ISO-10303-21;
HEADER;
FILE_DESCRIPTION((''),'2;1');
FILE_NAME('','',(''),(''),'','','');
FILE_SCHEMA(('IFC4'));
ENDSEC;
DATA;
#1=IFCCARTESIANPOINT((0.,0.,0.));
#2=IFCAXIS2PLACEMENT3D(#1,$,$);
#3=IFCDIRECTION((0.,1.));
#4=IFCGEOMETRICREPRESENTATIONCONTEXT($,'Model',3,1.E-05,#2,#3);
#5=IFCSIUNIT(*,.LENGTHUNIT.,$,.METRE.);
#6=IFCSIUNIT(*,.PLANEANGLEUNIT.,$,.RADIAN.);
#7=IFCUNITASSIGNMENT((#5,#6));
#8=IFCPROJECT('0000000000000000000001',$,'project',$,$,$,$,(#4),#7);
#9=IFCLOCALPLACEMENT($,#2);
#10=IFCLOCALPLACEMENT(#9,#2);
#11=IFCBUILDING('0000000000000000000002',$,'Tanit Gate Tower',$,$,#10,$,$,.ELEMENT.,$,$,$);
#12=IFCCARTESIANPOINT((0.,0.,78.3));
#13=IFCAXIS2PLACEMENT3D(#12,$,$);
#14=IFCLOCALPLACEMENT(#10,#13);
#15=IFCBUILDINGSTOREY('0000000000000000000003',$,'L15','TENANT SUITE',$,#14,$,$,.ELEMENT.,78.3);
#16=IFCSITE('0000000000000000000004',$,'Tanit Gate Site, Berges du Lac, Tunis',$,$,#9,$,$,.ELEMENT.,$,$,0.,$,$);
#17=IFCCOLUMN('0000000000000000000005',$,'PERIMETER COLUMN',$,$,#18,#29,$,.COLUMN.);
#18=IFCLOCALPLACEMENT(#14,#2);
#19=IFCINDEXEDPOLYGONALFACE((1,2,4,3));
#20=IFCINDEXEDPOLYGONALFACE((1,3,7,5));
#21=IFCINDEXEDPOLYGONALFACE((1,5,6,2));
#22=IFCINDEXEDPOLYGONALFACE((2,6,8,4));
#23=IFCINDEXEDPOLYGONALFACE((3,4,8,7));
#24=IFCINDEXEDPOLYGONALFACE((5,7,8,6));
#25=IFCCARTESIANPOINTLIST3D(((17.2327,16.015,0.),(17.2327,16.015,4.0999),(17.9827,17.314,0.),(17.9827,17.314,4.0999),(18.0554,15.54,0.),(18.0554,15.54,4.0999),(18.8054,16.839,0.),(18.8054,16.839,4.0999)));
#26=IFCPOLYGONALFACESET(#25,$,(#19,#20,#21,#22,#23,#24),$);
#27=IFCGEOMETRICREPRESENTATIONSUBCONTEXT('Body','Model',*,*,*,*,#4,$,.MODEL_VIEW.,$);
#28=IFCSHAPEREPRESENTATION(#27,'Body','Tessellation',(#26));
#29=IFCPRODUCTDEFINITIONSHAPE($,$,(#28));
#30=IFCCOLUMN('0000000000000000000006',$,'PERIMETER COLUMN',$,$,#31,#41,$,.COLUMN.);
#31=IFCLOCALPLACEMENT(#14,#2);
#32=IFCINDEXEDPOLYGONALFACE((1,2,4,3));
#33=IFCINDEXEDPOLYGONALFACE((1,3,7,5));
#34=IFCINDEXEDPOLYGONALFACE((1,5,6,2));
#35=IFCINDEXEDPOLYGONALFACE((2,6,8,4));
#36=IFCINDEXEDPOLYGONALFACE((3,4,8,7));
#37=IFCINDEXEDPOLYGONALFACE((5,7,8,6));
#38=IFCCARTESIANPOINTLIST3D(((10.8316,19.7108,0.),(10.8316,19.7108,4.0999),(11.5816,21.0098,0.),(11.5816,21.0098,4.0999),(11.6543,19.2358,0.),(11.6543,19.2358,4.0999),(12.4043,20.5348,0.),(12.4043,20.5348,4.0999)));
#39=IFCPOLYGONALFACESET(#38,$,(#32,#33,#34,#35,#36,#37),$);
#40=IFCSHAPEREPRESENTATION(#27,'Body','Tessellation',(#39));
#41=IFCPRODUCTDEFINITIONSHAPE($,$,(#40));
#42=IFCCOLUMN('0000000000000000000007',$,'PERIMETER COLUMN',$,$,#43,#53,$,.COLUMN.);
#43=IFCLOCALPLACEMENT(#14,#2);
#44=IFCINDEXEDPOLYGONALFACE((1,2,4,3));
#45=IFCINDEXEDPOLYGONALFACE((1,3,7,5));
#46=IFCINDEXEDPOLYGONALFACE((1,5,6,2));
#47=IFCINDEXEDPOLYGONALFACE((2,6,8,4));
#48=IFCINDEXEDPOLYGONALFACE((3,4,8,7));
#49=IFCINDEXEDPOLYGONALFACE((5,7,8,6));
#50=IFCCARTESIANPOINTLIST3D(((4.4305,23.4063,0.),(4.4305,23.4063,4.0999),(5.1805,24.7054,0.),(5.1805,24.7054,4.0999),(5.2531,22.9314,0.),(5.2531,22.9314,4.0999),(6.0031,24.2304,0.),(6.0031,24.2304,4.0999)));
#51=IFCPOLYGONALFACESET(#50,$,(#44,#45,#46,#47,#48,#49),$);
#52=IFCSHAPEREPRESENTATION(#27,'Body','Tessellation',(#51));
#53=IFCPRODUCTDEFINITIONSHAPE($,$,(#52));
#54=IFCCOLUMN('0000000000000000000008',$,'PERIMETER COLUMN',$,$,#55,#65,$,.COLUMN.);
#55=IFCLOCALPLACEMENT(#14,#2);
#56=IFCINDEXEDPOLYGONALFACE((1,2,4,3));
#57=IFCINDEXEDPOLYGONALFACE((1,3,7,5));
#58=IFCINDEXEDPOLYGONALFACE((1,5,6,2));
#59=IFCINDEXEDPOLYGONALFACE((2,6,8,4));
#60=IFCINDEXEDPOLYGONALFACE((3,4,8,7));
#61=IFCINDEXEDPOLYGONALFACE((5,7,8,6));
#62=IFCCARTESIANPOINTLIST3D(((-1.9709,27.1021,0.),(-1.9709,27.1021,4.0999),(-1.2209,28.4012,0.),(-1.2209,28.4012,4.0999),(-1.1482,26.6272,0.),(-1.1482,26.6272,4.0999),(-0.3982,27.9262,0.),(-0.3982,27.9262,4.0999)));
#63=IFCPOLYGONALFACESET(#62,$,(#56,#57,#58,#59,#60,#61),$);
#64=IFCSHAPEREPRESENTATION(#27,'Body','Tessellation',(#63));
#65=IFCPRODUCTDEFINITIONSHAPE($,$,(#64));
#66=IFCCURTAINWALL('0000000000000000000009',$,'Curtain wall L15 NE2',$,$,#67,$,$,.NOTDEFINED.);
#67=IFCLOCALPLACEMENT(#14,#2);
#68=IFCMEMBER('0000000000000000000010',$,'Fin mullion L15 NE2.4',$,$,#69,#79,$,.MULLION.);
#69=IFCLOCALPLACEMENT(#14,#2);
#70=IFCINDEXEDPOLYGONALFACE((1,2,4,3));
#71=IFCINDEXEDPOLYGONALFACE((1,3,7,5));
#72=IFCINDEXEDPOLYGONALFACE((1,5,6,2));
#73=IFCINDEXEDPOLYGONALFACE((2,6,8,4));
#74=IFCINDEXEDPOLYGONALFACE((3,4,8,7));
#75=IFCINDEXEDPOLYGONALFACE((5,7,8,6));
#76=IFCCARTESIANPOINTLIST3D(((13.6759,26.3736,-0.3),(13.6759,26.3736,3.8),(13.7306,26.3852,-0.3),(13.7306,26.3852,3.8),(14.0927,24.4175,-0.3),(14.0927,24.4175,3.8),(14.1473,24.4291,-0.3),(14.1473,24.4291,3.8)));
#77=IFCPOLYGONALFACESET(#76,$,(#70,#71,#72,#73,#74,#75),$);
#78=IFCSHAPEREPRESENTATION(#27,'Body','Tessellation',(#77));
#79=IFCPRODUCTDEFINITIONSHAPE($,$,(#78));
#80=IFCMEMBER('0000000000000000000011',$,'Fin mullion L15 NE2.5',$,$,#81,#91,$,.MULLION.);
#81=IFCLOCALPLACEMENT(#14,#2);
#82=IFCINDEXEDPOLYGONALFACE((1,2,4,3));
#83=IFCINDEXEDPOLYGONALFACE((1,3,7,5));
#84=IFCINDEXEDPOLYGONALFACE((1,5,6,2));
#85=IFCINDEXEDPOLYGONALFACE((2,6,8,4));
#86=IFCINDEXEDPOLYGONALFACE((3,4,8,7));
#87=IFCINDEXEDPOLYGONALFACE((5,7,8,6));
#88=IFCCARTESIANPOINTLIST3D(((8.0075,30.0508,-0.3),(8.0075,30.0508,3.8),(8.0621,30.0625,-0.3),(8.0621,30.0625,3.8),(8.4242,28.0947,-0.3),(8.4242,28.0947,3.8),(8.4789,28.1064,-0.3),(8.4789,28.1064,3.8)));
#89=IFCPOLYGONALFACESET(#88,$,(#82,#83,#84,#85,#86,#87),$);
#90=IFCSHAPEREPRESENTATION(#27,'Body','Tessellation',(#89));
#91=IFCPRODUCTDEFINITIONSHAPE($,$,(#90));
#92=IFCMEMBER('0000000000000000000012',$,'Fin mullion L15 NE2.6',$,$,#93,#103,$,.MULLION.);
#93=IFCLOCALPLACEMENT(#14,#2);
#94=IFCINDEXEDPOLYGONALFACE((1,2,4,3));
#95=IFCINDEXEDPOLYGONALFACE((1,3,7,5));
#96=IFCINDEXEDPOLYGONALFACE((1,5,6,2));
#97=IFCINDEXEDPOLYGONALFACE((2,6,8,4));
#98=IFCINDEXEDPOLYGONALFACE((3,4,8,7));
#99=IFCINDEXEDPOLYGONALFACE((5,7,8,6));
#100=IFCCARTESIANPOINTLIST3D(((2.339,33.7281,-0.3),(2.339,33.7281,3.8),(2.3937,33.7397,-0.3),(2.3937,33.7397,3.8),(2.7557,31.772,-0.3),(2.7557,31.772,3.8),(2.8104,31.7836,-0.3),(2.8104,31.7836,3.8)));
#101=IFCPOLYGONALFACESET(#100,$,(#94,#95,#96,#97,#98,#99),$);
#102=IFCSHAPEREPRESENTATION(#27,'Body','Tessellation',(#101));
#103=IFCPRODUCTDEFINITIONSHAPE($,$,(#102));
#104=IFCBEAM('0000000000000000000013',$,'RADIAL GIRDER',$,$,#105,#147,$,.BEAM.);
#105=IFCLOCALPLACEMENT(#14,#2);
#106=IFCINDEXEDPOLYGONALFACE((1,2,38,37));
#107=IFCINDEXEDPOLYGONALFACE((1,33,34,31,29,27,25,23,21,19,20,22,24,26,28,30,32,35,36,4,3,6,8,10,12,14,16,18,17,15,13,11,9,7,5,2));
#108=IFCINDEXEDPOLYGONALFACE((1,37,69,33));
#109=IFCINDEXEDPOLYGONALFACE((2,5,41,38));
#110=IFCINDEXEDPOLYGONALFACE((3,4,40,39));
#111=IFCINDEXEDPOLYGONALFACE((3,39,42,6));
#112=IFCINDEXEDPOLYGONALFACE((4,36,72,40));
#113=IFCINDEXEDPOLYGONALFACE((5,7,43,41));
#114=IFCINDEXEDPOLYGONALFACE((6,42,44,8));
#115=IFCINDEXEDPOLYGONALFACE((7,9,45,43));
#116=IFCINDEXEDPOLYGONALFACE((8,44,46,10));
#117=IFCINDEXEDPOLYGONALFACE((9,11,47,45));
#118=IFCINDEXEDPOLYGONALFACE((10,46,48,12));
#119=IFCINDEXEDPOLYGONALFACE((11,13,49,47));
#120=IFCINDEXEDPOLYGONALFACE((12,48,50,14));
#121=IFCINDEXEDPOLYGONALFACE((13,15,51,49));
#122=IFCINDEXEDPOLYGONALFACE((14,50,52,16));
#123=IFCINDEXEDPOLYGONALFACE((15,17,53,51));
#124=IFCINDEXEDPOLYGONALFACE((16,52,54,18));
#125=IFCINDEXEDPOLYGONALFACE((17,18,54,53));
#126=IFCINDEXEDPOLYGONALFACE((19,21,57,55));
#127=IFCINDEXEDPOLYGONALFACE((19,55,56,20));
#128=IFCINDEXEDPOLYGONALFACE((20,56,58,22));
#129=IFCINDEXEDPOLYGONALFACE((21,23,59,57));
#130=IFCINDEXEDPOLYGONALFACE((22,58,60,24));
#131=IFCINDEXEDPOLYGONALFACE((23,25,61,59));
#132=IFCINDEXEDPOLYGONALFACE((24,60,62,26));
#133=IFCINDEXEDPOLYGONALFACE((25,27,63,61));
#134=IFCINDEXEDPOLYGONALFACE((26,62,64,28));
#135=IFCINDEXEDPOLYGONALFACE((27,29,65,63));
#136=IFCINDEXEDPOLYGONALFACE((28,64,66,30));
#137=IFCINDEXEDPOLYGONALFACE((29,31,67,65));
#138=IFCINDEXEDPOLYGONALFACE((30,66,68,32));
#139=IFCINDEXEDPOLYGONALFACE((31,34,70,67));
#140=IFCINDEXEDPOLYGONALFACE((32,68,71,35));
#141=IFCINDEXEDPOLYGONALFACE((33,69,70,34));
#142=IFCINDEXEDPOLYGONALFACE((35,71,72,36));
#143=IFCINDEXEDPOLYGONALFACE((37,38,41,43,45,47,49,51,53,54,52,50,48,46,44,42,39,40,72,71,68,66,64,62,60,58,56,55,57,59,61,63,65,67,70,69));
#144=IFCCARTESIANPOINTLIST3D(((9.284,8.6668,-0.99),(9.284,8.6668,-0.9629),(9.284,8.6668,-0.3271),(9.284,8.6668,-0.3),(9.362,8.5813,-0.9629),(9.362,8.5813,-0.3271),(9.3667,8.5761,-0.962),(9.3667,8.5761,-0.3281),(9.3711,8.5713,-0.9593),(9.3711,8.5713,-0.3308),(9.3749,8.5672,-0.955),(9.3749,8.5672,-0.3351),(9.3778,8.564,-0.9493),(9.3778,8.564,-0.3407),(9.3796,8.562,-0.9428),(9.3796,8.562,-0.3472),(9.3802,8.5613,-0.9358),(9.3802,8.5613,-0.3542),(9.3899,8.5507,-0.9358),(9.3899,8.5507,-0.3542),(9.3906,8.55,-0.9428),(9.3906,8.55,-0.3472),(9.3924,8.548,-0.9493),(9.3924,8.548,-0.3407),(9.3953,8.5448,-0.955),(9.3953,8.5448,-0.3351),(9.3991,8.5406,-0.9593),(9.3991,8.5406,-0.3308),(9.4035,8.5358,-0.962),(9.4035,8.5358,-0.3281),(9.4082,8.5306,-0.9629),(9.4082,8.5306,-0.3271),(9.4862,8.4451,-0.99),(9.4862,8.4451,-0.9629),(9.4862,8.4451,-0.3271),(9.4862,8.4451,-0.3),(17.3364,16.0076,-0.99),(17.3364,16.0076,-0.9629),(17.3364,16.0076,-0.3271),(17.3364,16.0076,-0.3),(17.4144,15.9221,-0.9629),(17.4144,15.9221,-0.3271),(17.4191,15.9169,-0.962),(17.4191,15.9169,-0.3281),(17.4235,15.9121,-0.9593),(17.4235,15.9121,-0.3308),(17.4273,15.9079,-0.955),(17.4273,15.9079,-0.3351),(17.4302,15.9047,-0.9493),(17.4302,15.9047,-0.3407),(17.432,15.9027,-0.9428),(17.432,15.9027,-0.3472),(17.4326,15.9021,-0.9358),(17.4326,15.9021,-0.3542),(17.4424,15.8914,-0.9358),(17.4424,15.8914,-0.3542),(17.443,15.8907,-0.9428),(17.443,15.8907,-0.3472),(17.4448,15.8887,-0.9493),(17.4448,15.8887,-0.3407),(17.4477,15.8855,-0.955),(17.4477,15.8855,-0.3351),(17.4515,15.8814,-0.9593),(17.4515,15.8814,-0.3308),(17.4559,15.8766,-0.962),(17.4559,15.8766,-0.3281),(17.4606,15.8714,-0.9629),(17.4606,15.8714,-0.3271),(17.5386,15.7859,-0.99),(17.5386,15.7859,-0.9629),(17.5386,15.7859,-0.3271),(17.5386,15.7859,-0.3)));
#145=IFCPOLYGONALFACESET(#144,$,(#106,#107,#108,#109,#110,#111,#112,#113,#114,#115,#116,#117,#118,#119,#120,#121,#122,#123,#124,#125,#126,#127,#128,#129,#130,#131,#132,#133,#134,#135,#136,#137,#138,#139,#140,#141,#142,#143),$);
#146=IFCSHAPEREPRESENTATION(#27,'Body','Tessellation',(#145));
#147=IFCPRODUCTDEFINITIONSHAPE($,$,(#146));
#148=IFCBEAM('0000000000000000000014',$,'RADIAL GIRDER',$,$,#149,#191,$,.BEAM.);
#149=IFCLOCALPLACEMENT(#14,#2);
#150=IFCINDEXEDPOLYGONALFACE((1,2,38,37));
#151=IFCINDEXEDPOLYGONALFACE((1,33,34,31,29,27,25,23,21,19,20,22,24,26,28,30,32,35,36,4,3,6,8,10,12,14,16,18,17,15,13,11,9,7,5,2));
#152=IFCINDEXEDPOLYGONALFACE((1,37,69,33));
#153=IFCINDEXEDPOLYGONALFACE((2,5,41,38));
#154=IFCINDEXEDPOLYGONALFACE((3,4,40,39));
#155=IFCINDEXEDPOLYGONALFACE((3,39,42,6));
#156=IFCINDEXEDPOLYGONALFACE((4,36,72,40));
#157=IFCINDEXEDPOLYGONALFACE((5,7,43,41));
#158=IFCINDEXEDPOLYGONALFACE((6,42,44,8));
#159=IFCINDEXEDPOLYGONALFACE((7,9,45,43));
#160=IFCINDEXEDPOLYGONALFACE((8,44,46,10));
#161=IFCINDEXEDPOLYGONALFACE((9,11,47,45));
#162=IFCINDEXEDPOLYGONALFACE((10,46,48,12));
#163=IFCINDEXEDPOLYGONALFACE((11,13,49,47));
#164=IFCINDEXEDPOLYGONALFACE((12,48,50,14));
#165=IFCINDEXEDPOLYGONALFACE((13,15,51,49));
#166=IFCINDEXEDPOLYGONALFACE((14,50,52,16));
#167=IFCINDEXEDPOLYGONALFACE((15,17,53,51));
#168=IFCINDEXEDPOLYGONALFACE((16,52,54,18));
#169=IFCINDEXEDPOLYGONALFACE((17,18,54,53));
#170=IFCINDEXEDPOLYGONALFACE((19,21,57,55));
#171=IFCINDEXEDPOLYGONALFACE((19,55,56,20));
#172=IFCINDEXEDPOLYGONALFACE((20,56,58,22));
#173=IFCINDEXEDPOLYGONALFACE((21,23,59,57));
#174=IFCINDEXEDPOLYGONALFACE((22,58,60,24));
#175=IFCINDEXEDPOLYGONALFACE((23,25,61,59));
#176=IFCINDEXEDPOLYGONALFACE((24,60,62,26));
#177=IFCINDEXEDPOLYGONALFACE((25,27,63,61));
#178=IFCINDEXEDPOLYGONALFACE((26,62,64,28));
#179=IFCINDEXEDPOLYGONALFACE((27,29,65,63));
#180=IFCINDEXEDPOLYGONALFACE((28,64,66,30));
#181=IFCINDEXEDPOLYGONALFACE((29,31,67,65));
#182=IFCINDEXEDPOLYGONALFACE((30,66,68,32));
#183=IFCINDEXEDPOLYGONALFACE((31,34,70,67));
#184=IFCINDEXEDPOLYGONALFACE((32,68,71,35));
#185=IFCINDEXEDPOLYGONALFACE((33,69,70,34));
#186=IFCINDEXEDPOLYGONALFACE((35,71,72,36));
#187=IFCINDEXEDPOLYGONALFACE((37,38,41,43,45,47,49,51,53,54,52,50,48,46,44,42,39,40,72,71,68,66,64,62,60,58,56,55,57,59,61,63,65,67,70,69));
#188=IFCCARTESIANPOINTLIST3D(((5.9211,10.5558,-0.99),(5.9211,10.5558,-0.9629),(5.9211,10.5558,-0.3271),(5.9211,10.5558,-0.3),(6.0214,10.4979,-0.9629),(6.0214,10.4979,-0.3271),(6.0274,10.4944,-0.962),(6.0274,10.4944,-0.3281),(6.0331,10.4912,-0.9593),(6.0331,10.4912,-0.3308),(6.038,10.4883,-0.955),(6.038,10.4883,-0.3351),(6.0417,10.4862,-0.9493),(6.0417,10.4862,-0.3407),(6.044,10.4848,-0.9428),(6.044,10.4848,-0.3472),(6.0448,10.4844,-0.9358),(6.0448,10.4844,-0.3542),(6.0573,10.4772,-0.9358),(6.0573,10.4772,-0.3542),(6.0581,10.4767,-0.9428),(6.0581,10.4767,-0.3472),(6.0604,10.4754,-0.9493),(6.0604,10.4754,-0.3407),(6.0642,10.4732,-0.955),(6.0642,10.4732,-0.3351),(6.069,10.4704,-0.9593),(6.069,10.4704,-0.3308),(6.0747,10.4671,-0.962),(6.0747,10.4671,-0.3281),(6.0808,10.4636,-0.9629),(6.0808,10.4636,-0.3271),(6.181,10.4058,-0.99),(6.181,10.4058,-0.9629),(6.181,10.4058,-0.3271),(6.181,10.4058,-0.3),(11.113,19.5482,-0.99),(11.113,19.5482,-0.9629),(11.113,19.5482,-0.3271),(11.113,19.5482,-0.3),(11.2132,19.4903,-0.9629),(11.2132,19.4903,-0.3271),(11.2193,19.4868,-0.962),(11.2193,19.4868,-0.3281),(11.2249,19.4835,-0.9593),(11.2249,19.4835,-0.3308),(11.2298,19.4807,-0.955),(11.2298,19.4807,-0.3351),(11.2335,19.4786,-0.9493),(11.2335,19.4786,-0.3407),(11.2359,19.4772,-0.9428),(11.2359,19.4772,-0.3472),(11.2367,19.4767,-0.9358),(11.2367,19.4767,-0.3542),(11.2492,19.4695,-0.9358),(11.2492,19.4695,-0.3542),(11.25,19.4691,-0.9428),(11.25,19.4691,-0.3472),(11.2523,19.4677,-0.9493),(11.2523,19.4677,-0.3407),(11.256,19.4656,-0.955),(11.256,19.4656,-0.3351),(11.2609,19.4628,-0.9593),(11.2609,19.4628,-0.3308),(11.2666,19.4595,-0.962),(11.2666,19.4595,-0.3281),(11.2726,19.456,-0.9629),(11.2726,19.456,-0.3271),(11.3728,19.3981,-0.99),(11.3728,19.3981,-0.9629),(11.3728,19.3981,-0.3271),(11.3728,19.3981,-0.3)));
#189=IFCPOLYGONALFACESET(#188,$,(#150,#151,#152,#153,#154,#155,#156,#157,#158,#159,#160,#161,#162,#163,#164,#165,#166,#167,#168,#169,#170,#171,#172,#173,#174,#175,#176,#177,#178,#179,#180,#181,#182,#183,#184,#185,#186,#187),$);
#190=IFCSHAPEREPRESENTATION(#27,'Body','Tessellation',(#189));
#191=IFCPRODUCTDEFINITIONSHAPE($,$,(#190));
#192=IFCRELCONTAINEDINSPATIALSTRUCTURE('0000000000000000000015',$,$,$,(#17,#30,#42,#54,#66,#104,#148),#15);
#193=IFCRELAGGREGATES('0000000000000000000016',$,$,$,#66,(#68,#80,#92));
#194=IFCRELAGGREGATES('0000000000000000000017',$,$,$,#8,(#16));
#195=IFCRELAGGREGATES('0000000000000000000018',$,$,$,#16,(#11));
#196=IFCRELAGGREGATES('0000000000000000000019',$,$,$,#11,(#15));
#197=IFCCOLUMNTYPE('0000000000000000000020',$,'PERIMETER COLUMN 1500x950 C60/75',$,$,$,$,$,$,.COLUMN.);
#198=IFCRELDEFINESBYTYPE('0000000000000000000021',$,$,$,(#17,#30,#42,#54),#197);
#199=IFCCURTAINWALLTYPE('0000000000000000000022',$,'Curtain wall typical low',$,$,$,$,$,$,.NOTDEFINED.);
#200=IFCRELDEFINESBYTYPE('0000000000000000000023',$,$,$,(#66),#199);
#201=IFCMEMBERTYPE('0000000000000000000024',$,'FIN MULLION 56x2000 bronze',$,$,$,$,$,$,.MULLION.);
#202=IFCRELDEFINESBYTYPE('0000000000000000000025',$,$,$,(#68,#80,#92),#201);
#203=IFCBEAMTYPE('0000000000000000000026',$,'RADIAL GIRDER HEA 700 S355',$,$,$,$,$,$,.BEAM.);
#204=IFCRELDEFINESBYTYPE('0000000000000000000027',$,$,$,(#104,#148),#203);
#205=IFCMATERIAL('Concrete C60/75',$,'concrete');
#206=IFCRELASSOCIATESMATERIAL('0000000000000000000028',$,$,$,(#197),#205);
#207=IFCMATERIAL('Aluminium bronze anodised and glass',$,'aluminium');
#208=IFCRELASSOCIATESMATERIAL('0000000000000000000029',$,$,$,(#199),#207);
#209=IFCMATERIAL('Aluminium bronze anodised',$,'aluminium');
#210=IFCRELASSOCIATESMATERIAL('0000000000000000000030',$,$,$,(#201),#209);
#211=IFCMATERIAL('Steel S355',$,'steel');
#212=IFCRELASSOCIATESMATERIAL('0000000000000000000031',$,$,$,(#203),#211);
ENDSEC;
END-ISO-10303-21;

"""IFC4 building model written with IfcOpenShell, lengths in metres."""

from ifc_helpers import new_model, si_unit, direction, frame, origin, origin_2d, place, context, subcontext, project, spatial, rectangle, i_section, extrude, material, material_profile, profile_set, type_object, element, aggregate, save


model = new_model("IFC4")

# Units and contexts
model_context = context("Model", 3, precision=1e-05, world=origin(), true_north=direction((0.0, 1.0)))
body_context = subcontext(model_context, "Body", "Model", "MODEL_VIEW")
ifc_project = project(units=[si_unit("LENGTHUNIT", "METRE"), si_unit("PLANEANGLEUNIT", "RADIAN")], contexts=[model_context])

# Site, building, storey
site_placement = place(None, origin())
site = spatial("IfcSite", under=ifc_project, at=site_placement, Name="Tanit Gate Site, Berges du Lac, Tunis", CompositionType="ELEMENT", RefElevation=0.0)
building_placement = place(site_placement, origin())
building = spatial("IfcBuilding", under=site, at=building_placement, Name="Tanit Gate Tower", CompositionType="ELEMENT")
storey_placement = place(building_placement, frame((0.0, 0.0, 78.3)))
storey = spatial("IfcBuildingStorey", under=building, at=storey_placement, Name="L15", Description="TENANT SUITE", CompositionType="ELEMENT", Elevation=78.3)

# Columns
ifc_material_1 = material(Name="Concrete C60/75", Category="concrete")
ifc_material_profile_1 = material_profile(ifc_material_1, rectangle(XDim=1.5, YDim=0.95, at=origin_2d()), Name="RC 1500x950")
ifc_profile_set_1 = profile_set([ifc_material_profile_1], Name="Concrete C60/75")
column_type = type_object("IfcColumnType", Name="PERIMETER COLUMN 1500x950 C60/75", PredefinedType="COLUMN", material=ifc_profile_set_1)
for number, where, z_axis, x_axis, name in (
    (1, (18.019, 16.427, 0.0), (0.0, 0.0, 1.0), (0.5, 0.866025, 0.0), "PERIMETER COLUMN"),
    (2, (11.6179, 20.1228, 0.0), (0.0, 0.0, 1.0), (0.5, 0.866025, 0.0), "PERIMETER COLUMN"),
    (3, (5.2168, 23.8184, 0.0), (0.0, 0.0, 1.0), (0.5, 0.866025, 0.0), "PERIMETER COLUMN"),
    (4, (-1.1846, 27.5142, 0.0), (0.0, 0.0, 1.0), (0.5, 0.866025, 0.0), "PERIMETER COLUMN"),
):
    element("IfcColumn", number, at=place(storey_placement, frame(where, z_axis=z_axis, x_axis=x_axis)), inside=storey, type_object=column_type, Name=name, PredefinedType="COLUMN", context=body_context, shape_type="SweptSolid", body=[
        extrude(rectangle(XDim=1.5, YDim=0.95, at=origin_2d()), origin(), (0.0, 0.0, 1.0), 4.0999),
    ])

# Curtain wall, members
ifc_material_2 = material(Name="Aluminium bronze anodised and glass", Category="aluminium")
curtain_wall_type = type_object("IfcCurtainWallType", Name="Curtain wall typical low", PredefinedType="NOTDEFINED", material=ifc_material_2)
curtain_wall_placement = place(storey_placement, origin())
curtain_wall = element("IfcCurtainWall", 5, at=curtain_wall_placement, inside=storey, type_object=curtain_wall_type, Name="Curtain wall L15 NE2", PredefinedType="NOTDEFINED")
ifc_material_3 = material(Name="Aluminium bronze anodised", Category="aluminium")
ifc_material_profile_2 = material_profile(ifc_material_3, rectangle(XDim=2.0, YDim=0.0559, at=origin_2d()), Name="56x2000 bronze fin mullion")
ifc_profile_set_2 = profile_set([ifc_material_profile_2], Name="Aluminium bronze anodised")
member_type_1 = type_object("IfcMemberType", Name="FIN MULLION 56x2000 bronze", PredefinedType="MULLION", material=ifc_profile_set_2)
member_1_placement = place(storey_placement, frame((13.9116, 25.4014, -0.3), z_axis=(0.0, 0.0, 1.0), x_axis=(0.208373, -0.978049, 0.0)))
member_1 = element("IfcMember", 6, at=member_1_placement, type_object=member_type_1, Name="Fin mullion L15 NE2.4", PredefinedType="MULLION", context=body_context, shape_type="SweptSolid", body=[
    extrude(rectangle(XDim=2.0, YDim=0.0559, at=origin_2d()), origin(), (0.0, 0.0, 1.0), 4.1001),
])
member_2_placement = place(storey_placement, frame((8.2432, 29.0786, -0.3), z_axis=(0.0, 0.0, 1.0), x_axis=(0.208373, -0.978049, 0.0)))
member_2 = element("IfcMember", 7, at=member_2_placement, type_object=member_type_1, Name="Fin mullion L15 NE2.5", PredefinedType="MULLION", context=body_context, shape_type="SweptSolid", body=[
    extrude(rectangle(XDim=2.0, YDim=0.0559, at=origin_2d()), origin(), (0.0, 0.0, 1.0), 4.1001),
])
member_3_placement = place(storey_placement, frame((2.5747, 32.7559, -0.3), z_axis=(0.0, 0.0, 1.0), x_axis=(0.208373, -0.978049, 0.0)))
member_3 = element("IfcMember", 8, at=member_3_placement, type_object=member_type_1, Name="Fin mullion L15 NE2.6", PredefinedType="MULLION", context=body_context, shape_type="SweptSolid", body=[
    extrude(rectangle(XDim=2.0, YDim=0.0559, at=origin_2d()), origin(), (0.0, 0.0, 1.0), 4.1001),
])

# Beams
ifc_material_4 = material(Name="Steel S355", Category="steel")
ifc_material_profile_3 = material_profile(ifc_material_4, i_section(OverallWidth=0.3, OverallDepth=0.6899, WebThickness=0.0144, FlangeThickness=0.0271, FilletRadius=0.0271, at=origin_2d()), Name="HEA 700")
ifc_profile_set_3 = profile_set([ifc_material_profile_3], Name="Steel S355")
beam_type = type_object("IfcBeamType", Name="RADIAL GIRDER HEA 700 S355", PredefinedType="BEAM", material=ifc_profile_set_3)
beam_1_placement = place(storey_placement, frame((17.4375, 15.8967, -0.645), z_axis=(-0.739009, -0.673696, 0.0), x_axis=(0.673696, -0.739009, 0.0)))
element("IfcBeam", 9, at=beam_1_placement, inside=storey, type_object=beam_type, Name="RADIAL GIRDER", PredefinedType="BEAM", context=body_context, shape_type="SweptSolid", body=[
    extrude(i_section(OverallWidth=0.3, OverallDepth=0.6899, WebThickness=0.0144, FlangeThickness=0.0271, FilletRadius=0.0271, at=origin_2d()), origin(), (0.0, 0.0, 1.0), 10.8962),
])
beam_2_placement = place(storey_placement, frame((11.2429, 19.4731, -0.645), z_axis=(-0.500008, -0.866021, 0.0), x_axis=(0.866021, -0.500008, 0.0)))
element("IfcBeam", 10, at=beam_2_placement, inside=storey, type_object=beam_type, Name="RADIAL GIRDER", PredefinedType="BEAM", context=body_context, shape_type="SweptSolid", body=[
    extrude(i_section(OverallWidth=0.3, OverallDepth=0.6899, WebThickness=0.0144, FlangeThickness=0.0271, FilletRadius=0.0271, at=origin_2d()), origin(), (0.0, 0.0, 1.0), 10.3835),
])

aggregate(curtain_wall, [member_1, member_2, member_3])

save(model, "model.ifc")
